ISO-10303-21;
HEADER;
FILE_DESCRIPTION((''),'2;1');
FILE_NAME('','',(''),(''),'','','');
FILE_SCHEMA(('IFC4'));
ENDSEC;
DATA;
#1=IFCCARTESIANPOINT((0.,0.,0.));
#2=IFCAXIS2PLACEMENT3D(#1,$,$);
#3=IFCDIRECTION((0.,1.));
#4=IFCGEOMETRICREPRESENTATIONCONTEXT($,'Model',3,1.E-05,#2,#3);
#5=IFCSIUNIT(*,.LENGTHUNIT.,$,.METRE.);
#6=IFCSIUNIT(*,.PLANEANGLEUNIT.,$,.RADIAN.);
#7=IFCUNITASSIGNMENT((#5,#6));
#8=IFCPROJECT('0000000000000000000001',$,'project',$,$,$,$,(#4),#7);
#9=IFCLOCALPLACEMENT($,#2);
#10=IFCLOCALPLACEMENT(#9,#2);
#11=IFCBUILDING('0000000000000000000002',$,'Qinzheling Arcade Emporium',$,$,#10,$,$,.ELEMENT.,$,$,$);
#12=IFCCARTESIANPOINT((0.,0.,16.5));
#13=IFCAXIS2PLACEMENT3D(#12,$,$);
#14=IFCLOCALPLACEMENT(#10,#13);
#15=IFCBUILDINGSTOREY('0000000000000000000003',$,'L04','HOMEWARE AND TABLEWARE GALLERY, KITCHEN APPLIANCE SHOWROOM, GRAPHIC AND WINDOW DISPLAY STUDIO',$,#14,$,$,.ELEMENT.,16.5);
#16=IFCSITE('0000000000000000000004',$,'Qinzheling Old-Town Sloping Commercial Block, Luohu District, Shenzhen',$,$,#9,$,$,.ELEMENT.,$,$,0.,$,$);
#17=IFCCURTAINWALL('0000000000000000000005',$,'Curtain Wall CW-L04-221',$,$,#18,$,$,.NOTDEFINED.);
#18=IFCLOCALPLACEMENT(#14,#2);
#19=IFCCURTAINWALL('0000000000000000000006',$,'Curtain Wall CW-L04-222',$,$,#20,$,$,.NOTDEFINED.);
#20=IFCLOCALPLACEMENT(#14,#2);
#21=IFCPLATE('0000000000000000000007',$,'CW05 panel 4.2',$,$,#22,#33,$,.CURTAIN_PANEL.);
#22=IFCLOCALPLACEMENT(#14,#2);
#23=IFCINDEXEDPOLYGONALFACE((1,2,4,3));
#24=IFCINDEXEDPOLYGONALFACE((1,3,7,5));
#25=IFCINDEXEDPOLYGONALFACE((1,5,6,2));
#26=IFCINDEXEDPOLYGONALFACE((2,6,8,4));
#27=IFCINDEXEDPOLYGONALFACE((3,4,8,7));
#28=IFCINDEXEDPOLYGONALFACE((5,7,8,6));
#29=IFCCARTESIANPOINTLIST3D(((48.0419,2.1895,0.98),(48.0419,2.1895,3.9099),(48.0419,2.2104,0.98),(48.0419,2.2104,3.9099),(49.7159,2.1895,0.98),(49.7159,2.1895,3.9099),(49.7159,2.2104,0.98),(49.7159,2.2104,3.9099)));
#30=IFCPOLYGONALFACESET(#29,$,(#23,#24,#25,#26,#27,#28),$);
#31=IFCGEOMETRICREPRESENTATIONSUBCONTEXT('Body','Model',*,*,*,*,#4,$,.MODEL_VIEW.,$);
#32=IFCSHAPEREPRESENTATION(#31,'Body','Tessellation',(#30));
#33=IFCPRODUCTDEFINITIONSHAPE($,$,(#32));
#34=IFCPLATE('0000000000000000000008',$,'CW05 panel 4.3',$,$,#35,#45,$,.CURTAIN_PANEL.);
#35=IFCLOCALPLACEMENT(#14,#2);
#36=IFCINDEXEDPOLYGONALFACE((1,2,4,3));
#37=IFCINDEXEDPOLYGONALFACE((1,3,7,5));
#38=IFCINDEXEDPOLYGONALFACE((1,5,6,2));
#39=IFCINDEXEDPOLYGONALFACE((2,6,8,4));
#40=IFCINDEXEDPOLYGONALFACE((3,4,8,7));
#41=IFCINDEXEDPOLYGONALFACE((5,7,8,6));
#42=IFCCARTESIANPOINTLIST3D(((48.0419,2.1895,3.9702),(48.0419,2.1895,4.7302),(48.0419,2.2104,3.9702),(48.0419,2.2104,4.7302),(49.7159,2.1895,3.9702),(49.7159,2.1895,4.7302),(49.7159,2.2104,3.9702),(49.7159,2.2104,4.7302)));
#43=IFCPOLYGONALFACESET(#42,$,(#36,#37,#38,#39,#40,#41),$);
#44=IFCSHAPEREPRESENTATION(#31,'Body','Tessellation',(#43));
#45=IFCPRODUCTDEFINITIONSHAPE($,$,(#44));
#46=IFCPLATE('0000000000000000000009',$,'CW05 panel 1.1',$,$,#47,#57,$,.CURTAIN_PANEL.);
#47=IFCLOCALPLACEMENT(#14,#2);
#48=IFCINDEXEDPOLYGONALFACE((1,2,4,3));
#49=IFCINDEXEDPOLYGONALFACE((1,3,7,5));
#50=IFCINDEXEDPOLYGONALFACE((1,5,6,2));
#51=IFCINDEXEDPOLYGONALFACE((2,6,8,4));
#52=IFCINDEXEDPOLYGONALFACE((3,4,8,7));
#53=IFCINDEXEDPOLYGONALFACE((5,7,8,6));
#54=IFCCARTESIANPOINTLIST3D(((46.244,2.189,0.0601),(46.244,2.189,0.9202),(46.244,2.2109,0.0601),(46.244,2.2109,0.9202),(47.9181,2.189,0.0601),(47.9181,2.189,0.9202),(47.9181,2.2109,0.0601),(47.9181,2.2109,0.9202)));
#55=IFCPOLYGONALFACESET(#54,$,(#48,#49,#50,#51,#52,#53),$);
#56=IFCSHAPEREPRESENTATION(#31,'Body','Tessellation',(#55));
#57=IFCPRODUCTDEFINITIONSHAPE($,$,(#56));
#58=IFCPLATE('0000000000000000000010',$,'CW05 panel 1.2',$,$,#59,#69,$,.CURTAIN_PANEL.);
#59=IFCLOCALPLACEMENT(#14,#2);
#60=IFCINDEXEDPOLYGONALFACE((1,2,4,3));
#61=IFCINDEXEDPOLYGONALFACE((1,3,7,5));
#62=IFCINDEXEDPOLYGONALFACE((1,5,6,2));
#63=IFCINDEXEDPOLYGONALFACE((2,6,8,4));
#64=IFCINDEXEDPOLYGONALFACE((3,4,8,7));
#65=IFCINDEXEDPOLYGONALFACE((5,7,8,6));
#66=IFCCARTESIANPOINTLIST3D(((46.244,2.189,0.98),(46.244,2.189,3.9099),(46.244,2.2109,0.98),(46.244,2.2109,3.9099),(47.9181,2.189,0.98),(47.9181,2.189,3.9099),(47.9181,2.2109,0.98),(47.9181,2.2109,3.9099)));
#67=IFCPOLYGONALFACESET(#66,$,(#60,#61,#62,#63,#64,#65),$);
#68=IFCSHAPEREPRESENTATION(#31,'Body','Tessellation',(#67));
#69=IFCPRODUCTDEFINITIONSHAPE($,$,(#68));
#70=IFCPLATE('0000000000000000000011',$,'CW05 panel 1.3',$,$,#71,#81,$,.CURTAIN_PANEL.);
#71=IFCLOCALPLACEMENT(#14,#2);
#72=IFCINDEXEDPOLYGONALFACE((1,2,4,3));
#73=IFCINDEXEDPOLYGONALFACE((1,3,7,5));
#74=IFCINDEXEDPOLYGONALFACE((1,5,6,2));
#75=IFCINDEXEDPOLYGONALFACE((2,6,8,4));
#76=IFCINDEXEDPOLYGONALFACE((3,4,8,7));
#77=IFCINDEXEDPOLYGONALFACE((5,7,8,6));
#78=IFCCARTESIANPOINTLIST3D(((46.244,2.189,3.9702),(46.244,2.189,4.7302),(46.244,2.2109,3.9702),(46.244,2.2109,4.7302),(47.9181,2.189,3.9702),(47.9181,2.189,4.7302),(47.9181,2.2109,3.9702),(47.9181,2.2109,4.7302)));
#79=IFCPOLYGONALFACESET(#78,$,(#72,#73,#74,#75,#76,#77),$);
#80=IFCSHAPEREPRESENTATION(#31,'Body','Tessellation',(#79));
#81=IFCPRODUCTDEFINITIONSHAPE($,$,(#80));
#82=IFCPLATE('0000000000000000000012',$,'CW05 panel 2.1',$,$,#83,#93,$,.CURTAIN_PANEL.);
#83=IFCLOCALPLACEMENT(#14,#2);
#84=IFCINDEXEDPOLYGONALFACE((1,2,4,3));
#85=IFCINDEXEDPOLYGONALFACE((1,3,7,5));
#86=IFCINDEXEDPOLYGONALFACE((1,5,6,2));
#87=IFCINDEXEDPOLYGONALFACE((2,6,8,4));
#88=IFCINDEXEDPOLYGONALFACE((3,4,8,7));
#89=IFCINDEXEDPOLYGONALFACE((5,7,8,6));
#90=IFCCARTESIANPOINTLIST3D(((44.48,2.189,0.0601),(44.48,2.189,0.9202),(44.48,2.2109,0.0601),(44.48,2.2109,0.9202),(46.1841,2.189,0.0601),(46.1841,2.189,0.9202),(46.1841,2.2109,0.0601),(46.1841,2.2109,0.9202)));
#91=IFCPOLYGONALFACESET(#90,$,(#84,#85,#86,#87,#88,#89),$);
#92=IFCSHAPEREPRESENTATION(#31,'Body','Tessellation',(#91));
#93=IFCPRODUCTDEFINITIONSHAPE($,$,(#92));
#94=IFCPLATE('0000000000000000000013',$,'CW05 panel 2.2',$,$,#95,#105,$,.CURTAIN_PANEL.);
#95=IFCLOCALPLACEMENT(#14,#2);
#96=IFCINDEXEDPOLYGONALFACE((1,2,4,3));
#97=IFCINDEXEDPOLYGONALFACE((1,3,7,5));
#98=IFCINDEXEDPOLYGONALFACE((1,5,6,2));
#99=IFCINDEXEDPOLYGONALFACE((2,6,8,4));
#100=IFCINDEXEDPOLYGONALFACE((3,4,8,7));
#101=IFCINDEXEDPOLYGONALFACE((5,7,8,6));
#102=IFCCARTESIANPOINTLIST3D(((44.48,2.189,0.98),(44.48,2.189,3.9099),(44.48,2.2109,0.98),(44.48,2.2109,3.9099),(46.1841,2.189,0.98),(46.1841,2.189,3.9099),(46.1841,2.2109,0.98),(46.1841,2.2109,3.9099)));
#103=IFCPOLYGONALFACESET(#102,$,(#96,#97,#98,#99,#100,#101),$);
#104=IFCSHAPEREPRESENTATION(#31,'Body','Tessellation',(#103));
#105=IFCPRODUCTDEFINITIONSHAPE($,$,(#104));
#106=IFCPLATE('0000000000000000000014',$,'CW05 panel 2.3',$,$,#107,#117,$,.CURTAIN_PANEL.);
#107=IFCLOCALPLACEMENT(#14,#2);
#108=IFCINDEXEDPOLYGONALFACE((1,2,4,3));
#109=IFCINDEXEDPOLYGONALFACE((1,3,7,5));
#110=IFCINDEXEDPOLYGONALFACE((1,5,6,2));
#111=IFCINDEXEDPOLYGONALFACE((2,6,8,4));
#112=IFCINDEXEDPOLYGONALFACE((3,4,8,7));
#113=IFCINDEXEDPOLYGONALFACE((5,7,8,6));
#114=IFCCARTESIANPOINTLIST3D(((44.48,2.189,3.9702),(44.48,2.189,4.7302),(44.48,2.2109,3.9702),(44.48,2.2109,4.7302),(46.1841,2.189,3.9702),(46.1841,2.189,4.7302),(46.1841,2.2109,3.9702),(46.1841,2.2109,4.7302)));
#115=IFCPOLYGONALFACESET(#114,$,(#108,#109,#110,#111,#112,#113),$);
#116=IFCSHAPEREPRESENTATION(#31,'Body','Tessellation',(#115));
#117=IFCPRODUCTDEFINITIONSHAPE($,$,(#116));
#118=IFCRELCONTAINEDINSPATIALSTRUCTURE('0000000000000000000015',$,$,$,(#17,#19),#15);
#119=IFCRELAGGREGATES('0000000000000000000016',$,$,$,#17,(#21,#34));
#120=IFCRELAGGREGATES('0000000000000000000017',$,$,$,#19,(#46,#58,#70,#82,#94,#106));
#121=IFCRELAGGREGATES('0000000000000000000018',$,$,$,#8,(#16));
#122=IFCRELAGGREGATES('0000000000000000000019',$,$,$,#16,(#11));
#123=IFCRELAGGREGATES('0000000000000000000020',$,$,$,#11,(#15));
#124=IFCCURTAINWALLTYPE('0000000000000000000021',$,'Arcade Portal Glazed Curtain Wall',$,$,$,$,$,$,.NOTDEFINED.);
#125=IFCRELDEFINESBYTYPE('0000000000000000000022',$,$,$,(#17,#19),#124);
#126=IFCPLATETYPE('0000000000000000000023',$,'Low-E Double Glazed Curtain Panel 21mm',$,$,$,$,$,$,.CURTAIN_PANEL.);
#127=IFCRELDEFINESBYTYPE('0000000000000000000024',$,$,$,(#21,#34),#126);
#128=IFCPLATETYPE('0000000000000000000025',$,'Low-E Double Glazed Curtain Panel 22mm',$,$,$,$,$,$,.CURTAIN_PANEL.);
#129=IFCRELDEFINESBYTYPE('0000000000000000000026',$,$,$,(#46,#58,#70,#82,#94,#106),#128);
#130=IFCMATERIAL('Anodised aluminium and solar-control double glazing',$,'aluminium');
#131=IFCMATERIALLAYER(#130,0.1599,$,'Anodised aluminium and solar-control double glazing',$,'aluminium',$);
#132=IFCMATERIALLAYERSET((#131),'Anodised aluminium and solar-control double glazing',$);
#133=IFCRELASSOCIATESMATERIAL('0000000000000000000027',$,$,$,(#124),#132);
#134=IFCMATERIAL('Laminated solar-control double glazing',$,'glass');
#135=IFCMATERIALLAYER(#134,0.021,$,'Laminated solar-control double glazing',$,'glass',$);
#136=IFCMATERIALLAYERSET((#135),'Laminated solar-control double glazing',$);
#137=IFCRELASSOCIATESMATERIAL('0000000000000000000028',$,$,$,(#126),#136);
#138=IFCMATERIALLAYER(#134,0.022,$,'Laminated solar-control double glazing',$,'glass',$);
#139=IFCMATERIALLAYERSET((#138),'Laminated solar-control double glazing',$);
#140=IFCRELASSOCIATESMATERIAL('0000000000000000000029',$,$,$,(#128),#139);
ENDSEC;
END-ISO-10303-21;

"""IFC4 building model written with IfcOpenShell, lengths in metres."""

from ifc_helpers import new_model, si_unit, direction, frame, origin, origin_2d, place, context, subcontext, project, spatial, rectangle, extrude, material, layer, layer_set, type_object, element, aggregate, save


model = new_model("IFC4")

# Units and contexts
model_context = context("Model", 3, precision=1e-05, world=origin(), true_north=direction((0.0, 1.0)))
body_context = subcontext(model_context, "Body", "Model", "MODEL_VIEW")
ifc_project = project(units=[si_unit("LENGTHUNIT", "METRE"), si_unit("PLANEANGLEUNIT", "RADIAN")], contexts=[model_context])

# Site, building, storey
site_placement = place(None, origin())
site = spatial("IfcSite", under=ifc_project, at=site_placement, Name="Qinzheling Old-Town Sloping Commercial Block, Luohu District, Shenzhen", CompositionType="ELEMENT", RefElevation=0.0)
building_placement = place(site_placement, origin())
building = spatial("IfcBuilding", under=site, at=building_placement, Name="Qinzheling Arcade Emporium", CompositionType="ELEMENT")
storey_placement = place(building_placement, frame((0.0, 0.0, 16.5)))
storey = spatial("IfcBuildingStorey", under=building, at=storey_placement, Name="L04", Description="HOMEWARE AND TABLEWARE GALLERY, KITCHEN APPLIANCE SHOWROOM, GRAPHIC AND WINDOW DISPLAY STUDIO", CompositionType="ELEMENT", Elevation=16.5)

# Curtain walls
ifc_material_1 = material(Name="Anodised aluminium and solar-control double glazing", Category="aluminium")
ifc_layer_1 = layer(ifc_material_1, 0.1599, Name="Anodised aluminium and solar-control double glazing", Category="aluminium")
ifc_layer_set_1 = layer_set([ifc_layer_1], Name="Anodised aluminium and solar-control double glazing")
curtain_wall_type_1 = type_object("IfcCurtainWallType", Name="Arcade Portal Glazed Curtain Wall", PredefinedType="NOTDEFINED", material=ifc_layer_set_1)
curtain_wall_1_placement = place(storey_placement, origin())
curtain_wall_1 = element("IfcCurtainWall", 1, at=curtain_wall_1_placement, inside=storey, type_object=curtain_wall_type_1, Name="Curtain Wall CW-L04-221", PredefinedType="NOTDEFINED")
curtain_wall_2_placement = place(storey_placement, origin())
curtain_wall_2 = element("IfcCurtainWall", 2, at=curtain_wall_2_placement, inside=storey, type_object=curtain_wall_type_1, Name="Curtain Wall CW-L04-222", PredefinedType="NOTDEFINED")

# Plates
ifc_material_2 = material(Name="Laminated solar-control double glazing", Category="glass")
ifc_layer_2 = layer(ifc_material_2, 0.021, Name="Laminated solar-control double glazing", Category="glass")
ifc_layer_set_2 = layer_set([ifc_layer_2], Name="Laminated solar-control double glazing")
plate_type_1 = type_object("IfcPlateType", Name="Low-E Double Glazed Curtain Panel 21mm", PredefinedType="CURTAIN_PANEL", material=ifc_layer_set_2)
plate_1_placement = place(storey_placement, frame((48.8789, 2.2, 0.98), z_axis=(0.0, 0.0, 1.0), x_axis=(-1.0, 0.0, 0.0)))
plate_1 = element("IfcPlate", 3, at=plate_1_placement, type_object=plate_type_1, Name="CW05 panel 4.2", PredefinedType="CURTAIN_PANEL", context=body_context, shape_type="SweptSolid", body=[
    extrude(rectangle(XDim=1.6741, YDim=0.021, at=origin_2d()), origin(), (0.0, 0.0, 1.0), 2.9299),
])
plate_2_placement = place(storey_placement, frame((48.8789, 2.2, 3.9702), z_axis=(0.0, 0.0, 1.0), x_axis=(-1.0, 0.0, 0.0)))
plate_2 = element("IfcPlate", 4, at=plate_2_placement, type_object=plate_type_1, Name="CW05 panel 4.3", PredefinedType="CURTAIN_PANEL", context=body_context, shape_type="SweptSolid", body=[
    extrude(rectangle(XDim=1.6741, YDim=0.021, at=origin_2d()), origin(), (0.0, 0.0, 1.0), 0.76),
])
aggregate(curtain_wall_1, [plate_1, plate_2])
ifc_layer_3 = layer(ifc_material_2, 0.022, Name="Laminated solar-control double glazing", Category="glass")
ifc_layer_set_3 = layer_set([ifc_layer_3], Name="Laminated solar-control double glazing")
plate_type_2 = type_object("IfcPlateType", Name="Low-E Double Glazed Curtain Panel 22mm", PredefinedType="CURTAIN_PANEL", material=ifc_layer_set_3)
plate_3_placement = place(storey_placement, frame((47.0811, 2.2, 0.0601), z_axis=(0.0, 0.0, 1.0), x_axis=(-1.0, 0.0, 0.0)))
plate_3 = element("IfcPlate", 5, at=plate_3_placement, type_object=plate_type_2, Name="CW05 panel 1.1", PredefinedType="CURTAIN_PANEL", context=body_context, shape_type="SweptSolid", body=[
    extrude(rectangle(XDim=1.6741, YDim=0.022, at=origin_2d()), origin(), (0.0, 0.0, 1.0), 0.8601),
])
plate_4_placement = place(storey_placement, frame((47.0811, 2.2, 0.98), z_axis=(0.0, 0.0, 1.0), x_axis=(-1.0, 0.0, 0.0)))
plate_4 = element("IfcPlate", 6, at=plate_4_placement, type_object=plate_type_2, Name="CW05 panel 1.2", PredefinedType="CURTAIN_PANEL", context=body_context, shape_type="SweptSolid", body=[
    extrude(rectangle(XDim=1.6741, YDim=0.022, at=origin_2d()), origin(), (0.0, 0.0, 1.0), 2.9299),
])
plate_5_placement = place(storey_placement, frame((47.0811, 2.2, 3.9702), z_axis=(0.0, 0.0, 1.0), x_axis=(-1.0, 0.0, 0.0)))
plate_5 = element("IfcPlate", 7, at=plate_5_placement, type_object=plate_type_2, Name="CW05 panel 1.3", PredefinedType="CURTAIN_PANEL", context=body_context, shape_type="SweptSolid", body=[
    extrude(rectangle(XDim=1.6741, YDim=0.022, at=origin_2d()), origin(), (0.0, 0.0, 1.0), 0.76),
])
plate_6_placement = place(storey_placement, frame((45.332, 2.2, 0.0601), z_axis=(0.0, 0.0, 1.0), x_axis=(-1.0, 0.0, 0.0)))
plate_6 = element("IfcPlate", 8, at=plate_6_placement, type_object=plate_type_2, Name="CW05 panel 2.1", PredefinedType="CURTAIN_PANEL", context=body_context, shape_type="SweptSolid", body=[
    extrude(rectangle(XDim=1.7041, YDim=0.022, at=origin_2d()), origin(), (0.0, 0.0, 1.0), 0.8601),
])
plate_7_placement = place(storey_placement, frame((45.332, 2.2, 0.98), z_axis=(0.0, 0.0, 1.0), x_axis=(-1.0, 0.0, 0.0)))
plate_7 = element("IfcPlate", 9, at=plate_7_placement, type_object=plate_type_2, Name="CW05 panel 2.2", PredefinedType="CURTAIN_PANEL", context=body_context, shape_type="SweptSolid", body=[
    extrude(rectangle(XDim=1.7041, YDim=0.022, at=origin_2d()), origin(), (0.0, 0.0, 1.0), 2.9299),
])
plate_8_placement = place(storey_placement, frame((45.332, 2.2, 3.9702), z_axis=(0.0, 0.0, 1.0), x_axis=(-1.0, 0.0, 0.0)))
plate_8 = element("IfcPlate", 10, at=plate_8_placement, type_object=plate_type_2, Name="CW05 panel 2.3", PredefinedType="CURTAIN_PANEL", context=body_context, shape_type="SweptSolid", body=[
    extrude(rectangle(XDim=1.7041, YDim=0.022, at=origin_2d()), origin(), (0.0, 0.0, 1.0), 0.76),
])
aggregate(curtain_wall_2, [plate_3, plate_4, plate_5, plate_6, plate_7, plate_8])

save(model, "model.ifc")
